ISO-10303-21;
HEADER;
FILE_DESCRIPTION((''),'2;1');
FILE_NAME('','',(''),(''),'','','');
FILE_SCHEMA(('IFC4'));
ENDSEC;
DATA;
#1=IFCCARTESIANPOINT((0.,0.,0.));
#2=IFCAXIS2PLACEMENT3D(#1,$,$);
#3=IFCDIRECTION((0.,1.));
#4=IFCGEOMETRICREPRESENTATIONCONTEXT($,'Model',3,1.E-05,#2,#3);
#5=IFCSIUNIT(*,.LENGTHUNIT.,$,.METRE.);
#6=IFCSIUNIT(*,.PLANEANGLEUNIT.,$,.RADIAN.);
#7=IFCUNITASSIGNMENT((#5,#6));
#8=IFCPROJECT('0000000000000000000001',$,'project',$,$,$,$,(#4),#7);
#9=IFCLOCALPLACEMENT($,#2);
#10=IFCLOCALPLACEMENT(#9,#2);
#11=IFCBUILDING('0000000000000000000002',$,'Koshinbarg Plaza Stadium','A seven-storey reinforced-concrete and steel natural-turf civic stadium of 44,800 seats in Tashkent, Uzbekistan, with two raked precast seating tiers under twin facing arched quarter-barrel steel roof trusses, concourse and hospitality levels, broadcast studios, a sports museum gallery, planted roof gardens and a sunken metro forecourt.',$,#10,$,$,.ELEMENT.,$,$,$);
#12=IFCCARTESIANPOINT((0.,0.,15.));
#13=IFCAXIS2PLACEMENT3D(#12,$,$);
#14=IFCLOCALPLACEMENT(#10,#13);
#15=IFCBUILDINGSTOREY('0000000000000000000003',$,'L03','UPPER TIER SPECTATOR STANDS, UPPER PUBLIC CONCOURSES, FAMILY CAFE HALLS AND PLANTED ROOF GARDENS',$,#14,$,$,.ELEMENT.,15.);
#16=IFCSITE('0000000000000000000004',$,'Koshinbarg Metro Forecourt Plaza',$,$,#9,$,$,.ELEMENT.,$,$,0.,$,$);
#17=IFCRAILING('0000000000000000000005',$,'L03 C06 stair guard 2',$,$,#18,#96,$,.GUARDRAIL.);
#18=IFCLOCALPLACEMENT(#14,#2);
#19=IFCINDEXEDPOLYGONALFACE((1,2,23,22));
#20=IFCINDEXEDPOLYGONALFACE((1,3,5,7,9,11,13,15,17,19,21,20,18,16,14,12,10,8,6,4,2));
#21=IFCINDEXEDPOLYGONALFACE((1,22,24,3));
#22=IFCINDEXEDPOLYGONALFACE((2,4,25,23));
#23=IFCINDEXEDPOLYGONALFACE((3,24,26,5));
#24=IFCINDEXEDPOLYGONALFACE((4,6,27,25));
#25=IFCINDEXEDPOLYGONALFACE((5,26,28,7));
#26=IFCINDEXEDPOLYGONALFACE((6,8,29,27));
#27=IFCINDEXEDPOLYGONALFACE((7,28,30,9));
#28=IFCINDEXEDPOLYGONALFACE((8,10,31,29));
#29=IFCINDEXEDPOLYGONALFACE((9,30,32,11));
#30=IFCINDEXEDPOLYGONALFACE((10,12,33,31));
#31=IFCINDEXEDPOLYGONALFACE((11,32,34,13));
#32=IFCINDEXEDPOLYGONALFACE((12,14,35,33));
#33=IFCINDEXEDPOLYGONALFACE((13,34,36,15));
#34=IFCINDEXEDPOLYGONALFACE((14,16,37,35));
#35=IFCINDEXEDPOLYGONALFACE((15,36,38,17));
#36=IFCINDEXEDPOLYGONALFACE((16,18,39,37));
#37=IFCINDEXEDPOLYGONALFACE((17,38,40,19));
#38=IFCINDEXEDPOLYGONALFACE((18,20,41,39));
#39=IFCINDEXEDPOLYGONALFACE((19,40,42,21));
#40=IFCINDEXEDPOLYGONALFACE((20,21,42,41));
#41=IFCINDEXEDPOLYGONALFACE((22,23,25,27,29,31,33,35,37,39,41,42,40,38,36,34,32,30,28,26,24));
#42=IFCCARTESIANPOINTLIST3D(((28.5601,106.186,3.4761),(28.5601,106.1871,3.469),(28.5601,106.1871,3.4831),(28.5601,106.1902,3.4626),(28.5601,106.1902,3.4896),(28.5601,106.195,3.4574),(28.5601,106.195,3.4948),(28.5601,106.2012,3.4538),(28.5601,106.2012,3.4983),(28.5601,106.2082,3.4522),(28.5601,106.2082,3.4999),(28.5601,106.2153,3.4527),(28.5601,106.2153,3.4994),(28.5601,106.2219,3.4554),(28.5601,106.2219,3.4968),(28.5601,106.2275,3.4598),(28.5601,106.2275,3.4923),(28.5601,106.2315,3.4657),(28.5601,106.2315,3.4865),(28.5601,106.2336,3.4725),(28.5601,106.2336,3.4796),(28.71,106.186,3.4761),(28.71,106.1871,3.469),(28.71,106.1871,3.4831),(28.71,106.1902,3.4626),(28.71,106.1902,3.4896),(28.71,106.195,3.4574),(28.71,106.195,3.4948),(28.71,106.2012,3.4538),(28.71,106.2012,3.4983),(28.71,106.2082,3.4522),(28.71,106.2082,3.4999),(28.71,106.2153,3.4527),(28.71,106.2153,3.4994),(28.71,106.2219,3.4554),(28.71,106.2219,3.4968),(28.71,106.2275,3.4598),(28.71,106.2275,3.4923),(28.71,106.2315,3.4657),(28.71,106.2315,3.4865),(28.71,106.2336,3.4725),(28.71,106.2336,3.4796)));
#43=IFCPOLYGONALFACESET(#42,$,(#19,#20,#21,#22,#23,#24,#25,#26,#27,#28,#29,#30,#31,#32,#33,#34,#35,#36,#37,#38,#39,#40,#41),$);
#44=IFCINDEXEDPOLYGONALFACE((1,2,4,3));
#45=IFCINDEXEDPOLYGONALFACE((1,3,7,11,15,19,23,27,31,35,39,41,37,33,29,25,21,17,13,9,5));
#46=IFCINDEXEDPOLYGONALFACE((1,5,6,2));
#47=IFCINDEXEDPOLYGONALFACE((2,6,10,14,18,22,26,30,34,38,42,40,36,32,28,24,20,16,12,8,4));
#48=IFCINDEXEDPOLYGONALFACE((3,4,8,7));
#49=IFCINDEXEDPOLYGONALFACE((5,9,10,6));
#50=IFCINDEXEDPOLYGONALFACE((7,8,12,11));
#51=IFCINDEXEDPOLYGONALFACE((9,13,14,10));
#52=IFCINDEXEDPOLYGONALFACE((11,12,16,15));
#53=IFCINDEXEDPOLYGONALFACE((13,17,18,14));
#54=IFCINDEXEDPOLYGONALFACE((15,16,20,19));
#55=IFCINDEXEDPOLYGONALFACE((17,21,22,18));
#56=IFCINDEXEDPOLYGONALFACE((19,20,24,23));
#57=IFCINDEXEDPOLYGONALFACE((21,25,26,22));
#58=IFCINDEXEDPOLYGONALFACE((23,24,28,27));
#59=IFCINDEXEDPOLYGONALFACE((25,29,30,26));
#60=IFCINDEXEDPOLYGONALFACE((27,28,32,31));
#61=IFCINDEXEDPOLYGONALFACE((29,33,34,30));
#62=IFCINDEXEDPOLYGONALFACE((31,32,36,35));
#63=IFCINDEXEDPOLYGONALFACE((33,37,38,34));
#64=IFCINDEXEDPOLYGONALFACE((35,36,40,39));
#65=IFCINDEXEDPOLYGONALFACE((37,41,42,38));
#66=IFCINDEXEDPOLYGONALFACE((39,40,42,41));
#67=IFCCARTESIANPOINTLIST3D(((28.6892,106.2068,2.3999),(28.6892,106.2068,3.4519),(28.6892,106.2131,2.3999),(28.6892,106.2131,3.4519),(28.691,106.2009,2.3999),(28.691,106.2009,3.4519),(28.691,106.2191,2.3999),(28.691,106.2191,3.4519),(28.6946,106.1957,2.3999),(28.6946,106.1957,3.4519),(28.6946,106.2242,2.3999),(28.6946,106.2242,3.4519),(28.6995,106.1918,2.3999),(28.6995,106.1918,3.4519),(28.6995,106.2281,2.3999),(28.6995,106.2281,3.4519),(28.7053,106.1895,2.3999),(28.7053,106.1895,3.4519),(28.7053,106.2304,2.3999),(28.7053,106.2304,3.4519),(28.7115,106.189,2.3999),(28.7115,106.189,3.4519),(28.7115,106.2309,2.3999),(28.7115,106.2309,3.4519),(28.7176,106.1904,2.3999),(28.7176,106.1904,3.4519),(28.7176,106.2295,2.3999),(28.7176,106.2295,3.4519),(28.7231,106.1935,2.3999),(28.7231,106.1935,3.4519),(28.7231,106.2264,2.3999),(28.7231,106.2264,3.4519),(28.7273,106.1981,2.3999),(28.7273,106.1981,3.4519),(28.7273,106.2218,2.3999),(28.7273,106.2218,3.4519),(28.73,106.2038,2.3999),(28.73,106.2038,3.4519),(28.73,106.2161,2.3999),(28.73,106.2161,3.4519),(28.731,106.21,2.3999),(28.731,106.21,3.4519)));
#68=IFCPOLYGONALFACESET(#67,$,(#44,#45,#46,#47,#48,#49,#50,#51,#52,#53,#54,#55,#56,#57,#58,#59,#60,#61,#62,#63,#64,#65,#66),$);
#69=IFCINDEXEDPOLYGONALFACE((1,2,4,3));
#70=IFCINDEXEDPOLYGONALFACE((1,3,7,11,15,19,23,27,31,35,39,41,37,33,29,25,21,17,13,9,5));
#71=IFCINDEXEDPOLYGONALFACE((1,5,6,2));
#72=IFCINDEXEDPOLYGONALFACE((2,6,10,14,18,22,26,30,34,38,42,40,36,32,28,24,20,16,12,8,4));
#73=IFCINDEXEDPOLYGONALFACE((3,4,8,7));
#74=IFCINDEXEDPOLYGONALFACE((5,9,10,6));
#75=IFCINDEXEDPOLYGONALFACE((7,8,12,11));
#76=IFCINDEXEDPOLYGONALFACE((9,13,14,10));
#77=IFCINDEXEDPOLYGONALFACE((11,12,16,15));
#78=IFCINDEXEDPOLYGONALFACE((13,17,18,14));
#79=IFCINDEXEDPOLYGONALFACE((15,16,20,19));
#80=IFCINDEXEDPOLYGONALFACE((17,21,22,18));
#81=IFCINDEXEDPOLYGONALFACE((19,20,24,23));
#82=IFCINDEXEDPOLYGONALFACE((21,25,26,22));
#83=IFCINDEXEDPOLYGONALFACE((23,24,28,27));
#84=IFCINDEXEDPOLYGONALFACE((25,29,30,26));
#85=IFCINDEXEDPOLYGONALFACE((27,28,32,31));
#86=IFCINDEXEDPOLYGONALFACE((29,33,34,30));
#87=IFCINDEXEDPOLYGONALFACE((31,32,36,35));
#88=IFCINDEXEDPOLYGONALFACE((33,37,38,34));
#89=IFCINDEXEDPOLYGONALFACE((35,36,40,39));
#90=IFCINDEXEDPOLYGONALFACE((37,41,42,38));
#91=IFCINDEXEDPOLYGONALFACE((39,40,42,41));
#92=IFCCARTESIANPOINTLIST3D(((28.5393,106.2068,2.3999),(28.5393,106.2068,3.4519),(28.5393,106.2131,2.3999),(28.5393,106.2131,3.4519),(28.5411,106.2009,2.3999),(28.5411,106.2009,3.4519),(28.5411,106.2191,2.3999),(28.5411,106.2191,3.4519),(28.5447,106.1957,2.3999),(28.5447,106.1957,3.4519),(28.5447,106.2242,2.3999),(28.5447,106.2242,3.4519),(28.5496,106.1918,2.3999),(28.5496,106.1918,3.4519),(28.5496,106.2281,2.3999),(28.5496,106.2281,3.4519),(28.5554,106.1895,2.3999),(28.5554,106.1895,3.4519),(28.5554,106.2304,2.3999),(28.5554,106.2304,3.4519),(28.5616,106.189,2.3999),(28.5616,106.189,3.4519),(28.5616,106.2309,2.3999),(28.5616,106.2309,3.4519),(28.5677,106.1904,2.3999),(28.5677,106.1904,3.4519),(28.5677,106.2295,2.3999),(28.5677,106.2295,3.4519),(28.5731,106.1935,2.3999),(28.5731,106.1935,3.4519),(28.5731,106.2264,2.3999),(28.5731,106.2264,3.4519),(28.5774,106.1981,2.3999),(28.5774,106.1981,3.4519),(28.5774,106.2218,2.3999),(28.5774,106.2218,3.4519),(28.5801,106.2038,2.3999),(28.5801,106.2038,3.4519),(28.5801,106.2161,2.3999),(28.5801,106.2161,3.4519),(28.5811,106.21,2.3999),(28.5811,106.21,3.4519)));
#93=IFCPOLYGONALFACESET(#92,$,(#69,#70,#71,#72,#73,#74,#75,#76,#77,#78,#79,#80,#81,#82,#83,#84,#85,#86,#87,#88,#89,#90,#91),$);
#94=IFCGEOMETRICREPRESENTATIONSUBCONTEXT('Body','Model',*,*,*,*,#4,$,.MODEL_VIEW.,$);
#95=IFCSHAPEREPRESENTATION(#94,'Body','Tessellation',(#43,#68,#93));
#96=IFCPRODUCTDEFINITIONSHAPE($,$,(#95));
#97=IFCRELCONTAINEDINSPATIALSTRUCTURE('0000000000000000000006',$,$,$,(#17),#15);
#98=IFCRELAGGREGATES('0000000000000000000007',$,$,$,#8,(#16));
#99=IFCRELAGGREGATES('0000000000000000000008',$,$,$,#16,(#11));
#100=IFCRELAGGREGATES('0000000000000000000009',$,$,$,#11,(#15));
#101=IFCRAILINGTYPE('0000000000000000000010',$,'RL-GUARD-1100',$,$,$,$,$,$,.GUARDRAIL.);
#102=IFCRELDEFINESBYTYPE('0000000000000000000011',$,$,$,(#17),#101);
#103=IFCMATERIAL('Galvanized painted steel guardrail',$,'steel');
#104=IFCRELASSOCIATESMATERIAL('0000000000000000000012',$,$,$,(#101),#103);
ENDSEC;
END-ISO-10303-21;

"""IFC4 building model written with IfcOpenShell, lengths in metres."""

from ifc_helpers import new_model, si_unit, direction, frame, origin, origin_2d, place, context, subcontext, project, spatial, circle, extrude, material, type_object, element, save


model = new_model("IFC4")

# Units and contexts
model_context = context("Model", 3, precision=1e-05, world=origin(), true_north=direction((0.0, 1.0)))
body_context = subcontext(model_context, "Body", "Model", "MODEL_VIEW")
ifc_project = project(units=[si_unit("LENGTHUNIT", "METRE"), si_unit("PLANEANGLEUNIT", "RADIAN")], contexts=[model_context])

# Site, building, storey
site_placement = place(None, origin())
site = spatial("IfcSite", under=ifc_project, at=site_placement, Name="Koshinbarg Metro Forecourt Plaza", CompositionType="ELEMENT", RefElevation=0.0)
building_placement = place(site_placement, origin())
building = spatial("IfcBuilding", under=site, at=building_placement, Name="Koshinbarg Plaza Stadium", Description="A seven-storey reinforced-concrete and steel natural-turf civic stadium of 44,800 seats in Tashkent, Uzbekistan, with two raked precast seating tiers under twin facing arched quarter-barrel steel roof trusses, concourse and hospitality levels, broadcast studios, a sports museum gallery, planted roof gardens and a sunken metro forecourt.", CompositionType="ELEMENT")
storey_placement = place(building_placement, frame((0.0, 0.0, 15.0)))
storey = spatial("IfcBuildingStorey", under=building, at=storey_placement, Name="L03", Description="UPPER TIER SPECTATOR STANDS, UPPER PUBLIC CONCOURSES, FAMILY CAFE HALLS AND PLANTED ROOF GARDENS", CompositionType="ELEMENT", Elevation=15.0)

# Railing
ifc_material_1 = material(Name="Galvanized painted steel guardrail", Category="steel")
railing_type_1 = type_object("IfcRailingType", Name="RL-GUARD-1100", PredefinedType="GUARDRAIL", material=ifc_material_1)
railing_1_placement = place(storey_placement, frame((28.71, 106.21, 2.3999)))
element("IfcRailing", 1, at=railing_1_placement, inside=storey, type_object=railing_type_1, Name="L03 C06 stair guard 2", PredefinedType="GUARDRAIL", context=body_context, shape_type="SweptSolid", body=[
    extrude(circle(Radius=0.0239, at=origin_2d()), frame((0.0, 0.0, 1.0762), z_axis=(-1.0, 0.0, 0.0), x_axis=(0.0, -1.0, 0.0)), (0.0, 0.0, 1.0), 0.1499),
    extrude(circle(Radius=0.021, at=origin_2d()), origin(), (0.0, 0.0, 1.0), 1.052),
    extrude(circle(Radius=0.021, at=origin_2d()), frame((-0.1499, 0.0, 0.0)), (0.0, 0.0, 1.0), 1.052),
])

save(model, "model.ifc")
